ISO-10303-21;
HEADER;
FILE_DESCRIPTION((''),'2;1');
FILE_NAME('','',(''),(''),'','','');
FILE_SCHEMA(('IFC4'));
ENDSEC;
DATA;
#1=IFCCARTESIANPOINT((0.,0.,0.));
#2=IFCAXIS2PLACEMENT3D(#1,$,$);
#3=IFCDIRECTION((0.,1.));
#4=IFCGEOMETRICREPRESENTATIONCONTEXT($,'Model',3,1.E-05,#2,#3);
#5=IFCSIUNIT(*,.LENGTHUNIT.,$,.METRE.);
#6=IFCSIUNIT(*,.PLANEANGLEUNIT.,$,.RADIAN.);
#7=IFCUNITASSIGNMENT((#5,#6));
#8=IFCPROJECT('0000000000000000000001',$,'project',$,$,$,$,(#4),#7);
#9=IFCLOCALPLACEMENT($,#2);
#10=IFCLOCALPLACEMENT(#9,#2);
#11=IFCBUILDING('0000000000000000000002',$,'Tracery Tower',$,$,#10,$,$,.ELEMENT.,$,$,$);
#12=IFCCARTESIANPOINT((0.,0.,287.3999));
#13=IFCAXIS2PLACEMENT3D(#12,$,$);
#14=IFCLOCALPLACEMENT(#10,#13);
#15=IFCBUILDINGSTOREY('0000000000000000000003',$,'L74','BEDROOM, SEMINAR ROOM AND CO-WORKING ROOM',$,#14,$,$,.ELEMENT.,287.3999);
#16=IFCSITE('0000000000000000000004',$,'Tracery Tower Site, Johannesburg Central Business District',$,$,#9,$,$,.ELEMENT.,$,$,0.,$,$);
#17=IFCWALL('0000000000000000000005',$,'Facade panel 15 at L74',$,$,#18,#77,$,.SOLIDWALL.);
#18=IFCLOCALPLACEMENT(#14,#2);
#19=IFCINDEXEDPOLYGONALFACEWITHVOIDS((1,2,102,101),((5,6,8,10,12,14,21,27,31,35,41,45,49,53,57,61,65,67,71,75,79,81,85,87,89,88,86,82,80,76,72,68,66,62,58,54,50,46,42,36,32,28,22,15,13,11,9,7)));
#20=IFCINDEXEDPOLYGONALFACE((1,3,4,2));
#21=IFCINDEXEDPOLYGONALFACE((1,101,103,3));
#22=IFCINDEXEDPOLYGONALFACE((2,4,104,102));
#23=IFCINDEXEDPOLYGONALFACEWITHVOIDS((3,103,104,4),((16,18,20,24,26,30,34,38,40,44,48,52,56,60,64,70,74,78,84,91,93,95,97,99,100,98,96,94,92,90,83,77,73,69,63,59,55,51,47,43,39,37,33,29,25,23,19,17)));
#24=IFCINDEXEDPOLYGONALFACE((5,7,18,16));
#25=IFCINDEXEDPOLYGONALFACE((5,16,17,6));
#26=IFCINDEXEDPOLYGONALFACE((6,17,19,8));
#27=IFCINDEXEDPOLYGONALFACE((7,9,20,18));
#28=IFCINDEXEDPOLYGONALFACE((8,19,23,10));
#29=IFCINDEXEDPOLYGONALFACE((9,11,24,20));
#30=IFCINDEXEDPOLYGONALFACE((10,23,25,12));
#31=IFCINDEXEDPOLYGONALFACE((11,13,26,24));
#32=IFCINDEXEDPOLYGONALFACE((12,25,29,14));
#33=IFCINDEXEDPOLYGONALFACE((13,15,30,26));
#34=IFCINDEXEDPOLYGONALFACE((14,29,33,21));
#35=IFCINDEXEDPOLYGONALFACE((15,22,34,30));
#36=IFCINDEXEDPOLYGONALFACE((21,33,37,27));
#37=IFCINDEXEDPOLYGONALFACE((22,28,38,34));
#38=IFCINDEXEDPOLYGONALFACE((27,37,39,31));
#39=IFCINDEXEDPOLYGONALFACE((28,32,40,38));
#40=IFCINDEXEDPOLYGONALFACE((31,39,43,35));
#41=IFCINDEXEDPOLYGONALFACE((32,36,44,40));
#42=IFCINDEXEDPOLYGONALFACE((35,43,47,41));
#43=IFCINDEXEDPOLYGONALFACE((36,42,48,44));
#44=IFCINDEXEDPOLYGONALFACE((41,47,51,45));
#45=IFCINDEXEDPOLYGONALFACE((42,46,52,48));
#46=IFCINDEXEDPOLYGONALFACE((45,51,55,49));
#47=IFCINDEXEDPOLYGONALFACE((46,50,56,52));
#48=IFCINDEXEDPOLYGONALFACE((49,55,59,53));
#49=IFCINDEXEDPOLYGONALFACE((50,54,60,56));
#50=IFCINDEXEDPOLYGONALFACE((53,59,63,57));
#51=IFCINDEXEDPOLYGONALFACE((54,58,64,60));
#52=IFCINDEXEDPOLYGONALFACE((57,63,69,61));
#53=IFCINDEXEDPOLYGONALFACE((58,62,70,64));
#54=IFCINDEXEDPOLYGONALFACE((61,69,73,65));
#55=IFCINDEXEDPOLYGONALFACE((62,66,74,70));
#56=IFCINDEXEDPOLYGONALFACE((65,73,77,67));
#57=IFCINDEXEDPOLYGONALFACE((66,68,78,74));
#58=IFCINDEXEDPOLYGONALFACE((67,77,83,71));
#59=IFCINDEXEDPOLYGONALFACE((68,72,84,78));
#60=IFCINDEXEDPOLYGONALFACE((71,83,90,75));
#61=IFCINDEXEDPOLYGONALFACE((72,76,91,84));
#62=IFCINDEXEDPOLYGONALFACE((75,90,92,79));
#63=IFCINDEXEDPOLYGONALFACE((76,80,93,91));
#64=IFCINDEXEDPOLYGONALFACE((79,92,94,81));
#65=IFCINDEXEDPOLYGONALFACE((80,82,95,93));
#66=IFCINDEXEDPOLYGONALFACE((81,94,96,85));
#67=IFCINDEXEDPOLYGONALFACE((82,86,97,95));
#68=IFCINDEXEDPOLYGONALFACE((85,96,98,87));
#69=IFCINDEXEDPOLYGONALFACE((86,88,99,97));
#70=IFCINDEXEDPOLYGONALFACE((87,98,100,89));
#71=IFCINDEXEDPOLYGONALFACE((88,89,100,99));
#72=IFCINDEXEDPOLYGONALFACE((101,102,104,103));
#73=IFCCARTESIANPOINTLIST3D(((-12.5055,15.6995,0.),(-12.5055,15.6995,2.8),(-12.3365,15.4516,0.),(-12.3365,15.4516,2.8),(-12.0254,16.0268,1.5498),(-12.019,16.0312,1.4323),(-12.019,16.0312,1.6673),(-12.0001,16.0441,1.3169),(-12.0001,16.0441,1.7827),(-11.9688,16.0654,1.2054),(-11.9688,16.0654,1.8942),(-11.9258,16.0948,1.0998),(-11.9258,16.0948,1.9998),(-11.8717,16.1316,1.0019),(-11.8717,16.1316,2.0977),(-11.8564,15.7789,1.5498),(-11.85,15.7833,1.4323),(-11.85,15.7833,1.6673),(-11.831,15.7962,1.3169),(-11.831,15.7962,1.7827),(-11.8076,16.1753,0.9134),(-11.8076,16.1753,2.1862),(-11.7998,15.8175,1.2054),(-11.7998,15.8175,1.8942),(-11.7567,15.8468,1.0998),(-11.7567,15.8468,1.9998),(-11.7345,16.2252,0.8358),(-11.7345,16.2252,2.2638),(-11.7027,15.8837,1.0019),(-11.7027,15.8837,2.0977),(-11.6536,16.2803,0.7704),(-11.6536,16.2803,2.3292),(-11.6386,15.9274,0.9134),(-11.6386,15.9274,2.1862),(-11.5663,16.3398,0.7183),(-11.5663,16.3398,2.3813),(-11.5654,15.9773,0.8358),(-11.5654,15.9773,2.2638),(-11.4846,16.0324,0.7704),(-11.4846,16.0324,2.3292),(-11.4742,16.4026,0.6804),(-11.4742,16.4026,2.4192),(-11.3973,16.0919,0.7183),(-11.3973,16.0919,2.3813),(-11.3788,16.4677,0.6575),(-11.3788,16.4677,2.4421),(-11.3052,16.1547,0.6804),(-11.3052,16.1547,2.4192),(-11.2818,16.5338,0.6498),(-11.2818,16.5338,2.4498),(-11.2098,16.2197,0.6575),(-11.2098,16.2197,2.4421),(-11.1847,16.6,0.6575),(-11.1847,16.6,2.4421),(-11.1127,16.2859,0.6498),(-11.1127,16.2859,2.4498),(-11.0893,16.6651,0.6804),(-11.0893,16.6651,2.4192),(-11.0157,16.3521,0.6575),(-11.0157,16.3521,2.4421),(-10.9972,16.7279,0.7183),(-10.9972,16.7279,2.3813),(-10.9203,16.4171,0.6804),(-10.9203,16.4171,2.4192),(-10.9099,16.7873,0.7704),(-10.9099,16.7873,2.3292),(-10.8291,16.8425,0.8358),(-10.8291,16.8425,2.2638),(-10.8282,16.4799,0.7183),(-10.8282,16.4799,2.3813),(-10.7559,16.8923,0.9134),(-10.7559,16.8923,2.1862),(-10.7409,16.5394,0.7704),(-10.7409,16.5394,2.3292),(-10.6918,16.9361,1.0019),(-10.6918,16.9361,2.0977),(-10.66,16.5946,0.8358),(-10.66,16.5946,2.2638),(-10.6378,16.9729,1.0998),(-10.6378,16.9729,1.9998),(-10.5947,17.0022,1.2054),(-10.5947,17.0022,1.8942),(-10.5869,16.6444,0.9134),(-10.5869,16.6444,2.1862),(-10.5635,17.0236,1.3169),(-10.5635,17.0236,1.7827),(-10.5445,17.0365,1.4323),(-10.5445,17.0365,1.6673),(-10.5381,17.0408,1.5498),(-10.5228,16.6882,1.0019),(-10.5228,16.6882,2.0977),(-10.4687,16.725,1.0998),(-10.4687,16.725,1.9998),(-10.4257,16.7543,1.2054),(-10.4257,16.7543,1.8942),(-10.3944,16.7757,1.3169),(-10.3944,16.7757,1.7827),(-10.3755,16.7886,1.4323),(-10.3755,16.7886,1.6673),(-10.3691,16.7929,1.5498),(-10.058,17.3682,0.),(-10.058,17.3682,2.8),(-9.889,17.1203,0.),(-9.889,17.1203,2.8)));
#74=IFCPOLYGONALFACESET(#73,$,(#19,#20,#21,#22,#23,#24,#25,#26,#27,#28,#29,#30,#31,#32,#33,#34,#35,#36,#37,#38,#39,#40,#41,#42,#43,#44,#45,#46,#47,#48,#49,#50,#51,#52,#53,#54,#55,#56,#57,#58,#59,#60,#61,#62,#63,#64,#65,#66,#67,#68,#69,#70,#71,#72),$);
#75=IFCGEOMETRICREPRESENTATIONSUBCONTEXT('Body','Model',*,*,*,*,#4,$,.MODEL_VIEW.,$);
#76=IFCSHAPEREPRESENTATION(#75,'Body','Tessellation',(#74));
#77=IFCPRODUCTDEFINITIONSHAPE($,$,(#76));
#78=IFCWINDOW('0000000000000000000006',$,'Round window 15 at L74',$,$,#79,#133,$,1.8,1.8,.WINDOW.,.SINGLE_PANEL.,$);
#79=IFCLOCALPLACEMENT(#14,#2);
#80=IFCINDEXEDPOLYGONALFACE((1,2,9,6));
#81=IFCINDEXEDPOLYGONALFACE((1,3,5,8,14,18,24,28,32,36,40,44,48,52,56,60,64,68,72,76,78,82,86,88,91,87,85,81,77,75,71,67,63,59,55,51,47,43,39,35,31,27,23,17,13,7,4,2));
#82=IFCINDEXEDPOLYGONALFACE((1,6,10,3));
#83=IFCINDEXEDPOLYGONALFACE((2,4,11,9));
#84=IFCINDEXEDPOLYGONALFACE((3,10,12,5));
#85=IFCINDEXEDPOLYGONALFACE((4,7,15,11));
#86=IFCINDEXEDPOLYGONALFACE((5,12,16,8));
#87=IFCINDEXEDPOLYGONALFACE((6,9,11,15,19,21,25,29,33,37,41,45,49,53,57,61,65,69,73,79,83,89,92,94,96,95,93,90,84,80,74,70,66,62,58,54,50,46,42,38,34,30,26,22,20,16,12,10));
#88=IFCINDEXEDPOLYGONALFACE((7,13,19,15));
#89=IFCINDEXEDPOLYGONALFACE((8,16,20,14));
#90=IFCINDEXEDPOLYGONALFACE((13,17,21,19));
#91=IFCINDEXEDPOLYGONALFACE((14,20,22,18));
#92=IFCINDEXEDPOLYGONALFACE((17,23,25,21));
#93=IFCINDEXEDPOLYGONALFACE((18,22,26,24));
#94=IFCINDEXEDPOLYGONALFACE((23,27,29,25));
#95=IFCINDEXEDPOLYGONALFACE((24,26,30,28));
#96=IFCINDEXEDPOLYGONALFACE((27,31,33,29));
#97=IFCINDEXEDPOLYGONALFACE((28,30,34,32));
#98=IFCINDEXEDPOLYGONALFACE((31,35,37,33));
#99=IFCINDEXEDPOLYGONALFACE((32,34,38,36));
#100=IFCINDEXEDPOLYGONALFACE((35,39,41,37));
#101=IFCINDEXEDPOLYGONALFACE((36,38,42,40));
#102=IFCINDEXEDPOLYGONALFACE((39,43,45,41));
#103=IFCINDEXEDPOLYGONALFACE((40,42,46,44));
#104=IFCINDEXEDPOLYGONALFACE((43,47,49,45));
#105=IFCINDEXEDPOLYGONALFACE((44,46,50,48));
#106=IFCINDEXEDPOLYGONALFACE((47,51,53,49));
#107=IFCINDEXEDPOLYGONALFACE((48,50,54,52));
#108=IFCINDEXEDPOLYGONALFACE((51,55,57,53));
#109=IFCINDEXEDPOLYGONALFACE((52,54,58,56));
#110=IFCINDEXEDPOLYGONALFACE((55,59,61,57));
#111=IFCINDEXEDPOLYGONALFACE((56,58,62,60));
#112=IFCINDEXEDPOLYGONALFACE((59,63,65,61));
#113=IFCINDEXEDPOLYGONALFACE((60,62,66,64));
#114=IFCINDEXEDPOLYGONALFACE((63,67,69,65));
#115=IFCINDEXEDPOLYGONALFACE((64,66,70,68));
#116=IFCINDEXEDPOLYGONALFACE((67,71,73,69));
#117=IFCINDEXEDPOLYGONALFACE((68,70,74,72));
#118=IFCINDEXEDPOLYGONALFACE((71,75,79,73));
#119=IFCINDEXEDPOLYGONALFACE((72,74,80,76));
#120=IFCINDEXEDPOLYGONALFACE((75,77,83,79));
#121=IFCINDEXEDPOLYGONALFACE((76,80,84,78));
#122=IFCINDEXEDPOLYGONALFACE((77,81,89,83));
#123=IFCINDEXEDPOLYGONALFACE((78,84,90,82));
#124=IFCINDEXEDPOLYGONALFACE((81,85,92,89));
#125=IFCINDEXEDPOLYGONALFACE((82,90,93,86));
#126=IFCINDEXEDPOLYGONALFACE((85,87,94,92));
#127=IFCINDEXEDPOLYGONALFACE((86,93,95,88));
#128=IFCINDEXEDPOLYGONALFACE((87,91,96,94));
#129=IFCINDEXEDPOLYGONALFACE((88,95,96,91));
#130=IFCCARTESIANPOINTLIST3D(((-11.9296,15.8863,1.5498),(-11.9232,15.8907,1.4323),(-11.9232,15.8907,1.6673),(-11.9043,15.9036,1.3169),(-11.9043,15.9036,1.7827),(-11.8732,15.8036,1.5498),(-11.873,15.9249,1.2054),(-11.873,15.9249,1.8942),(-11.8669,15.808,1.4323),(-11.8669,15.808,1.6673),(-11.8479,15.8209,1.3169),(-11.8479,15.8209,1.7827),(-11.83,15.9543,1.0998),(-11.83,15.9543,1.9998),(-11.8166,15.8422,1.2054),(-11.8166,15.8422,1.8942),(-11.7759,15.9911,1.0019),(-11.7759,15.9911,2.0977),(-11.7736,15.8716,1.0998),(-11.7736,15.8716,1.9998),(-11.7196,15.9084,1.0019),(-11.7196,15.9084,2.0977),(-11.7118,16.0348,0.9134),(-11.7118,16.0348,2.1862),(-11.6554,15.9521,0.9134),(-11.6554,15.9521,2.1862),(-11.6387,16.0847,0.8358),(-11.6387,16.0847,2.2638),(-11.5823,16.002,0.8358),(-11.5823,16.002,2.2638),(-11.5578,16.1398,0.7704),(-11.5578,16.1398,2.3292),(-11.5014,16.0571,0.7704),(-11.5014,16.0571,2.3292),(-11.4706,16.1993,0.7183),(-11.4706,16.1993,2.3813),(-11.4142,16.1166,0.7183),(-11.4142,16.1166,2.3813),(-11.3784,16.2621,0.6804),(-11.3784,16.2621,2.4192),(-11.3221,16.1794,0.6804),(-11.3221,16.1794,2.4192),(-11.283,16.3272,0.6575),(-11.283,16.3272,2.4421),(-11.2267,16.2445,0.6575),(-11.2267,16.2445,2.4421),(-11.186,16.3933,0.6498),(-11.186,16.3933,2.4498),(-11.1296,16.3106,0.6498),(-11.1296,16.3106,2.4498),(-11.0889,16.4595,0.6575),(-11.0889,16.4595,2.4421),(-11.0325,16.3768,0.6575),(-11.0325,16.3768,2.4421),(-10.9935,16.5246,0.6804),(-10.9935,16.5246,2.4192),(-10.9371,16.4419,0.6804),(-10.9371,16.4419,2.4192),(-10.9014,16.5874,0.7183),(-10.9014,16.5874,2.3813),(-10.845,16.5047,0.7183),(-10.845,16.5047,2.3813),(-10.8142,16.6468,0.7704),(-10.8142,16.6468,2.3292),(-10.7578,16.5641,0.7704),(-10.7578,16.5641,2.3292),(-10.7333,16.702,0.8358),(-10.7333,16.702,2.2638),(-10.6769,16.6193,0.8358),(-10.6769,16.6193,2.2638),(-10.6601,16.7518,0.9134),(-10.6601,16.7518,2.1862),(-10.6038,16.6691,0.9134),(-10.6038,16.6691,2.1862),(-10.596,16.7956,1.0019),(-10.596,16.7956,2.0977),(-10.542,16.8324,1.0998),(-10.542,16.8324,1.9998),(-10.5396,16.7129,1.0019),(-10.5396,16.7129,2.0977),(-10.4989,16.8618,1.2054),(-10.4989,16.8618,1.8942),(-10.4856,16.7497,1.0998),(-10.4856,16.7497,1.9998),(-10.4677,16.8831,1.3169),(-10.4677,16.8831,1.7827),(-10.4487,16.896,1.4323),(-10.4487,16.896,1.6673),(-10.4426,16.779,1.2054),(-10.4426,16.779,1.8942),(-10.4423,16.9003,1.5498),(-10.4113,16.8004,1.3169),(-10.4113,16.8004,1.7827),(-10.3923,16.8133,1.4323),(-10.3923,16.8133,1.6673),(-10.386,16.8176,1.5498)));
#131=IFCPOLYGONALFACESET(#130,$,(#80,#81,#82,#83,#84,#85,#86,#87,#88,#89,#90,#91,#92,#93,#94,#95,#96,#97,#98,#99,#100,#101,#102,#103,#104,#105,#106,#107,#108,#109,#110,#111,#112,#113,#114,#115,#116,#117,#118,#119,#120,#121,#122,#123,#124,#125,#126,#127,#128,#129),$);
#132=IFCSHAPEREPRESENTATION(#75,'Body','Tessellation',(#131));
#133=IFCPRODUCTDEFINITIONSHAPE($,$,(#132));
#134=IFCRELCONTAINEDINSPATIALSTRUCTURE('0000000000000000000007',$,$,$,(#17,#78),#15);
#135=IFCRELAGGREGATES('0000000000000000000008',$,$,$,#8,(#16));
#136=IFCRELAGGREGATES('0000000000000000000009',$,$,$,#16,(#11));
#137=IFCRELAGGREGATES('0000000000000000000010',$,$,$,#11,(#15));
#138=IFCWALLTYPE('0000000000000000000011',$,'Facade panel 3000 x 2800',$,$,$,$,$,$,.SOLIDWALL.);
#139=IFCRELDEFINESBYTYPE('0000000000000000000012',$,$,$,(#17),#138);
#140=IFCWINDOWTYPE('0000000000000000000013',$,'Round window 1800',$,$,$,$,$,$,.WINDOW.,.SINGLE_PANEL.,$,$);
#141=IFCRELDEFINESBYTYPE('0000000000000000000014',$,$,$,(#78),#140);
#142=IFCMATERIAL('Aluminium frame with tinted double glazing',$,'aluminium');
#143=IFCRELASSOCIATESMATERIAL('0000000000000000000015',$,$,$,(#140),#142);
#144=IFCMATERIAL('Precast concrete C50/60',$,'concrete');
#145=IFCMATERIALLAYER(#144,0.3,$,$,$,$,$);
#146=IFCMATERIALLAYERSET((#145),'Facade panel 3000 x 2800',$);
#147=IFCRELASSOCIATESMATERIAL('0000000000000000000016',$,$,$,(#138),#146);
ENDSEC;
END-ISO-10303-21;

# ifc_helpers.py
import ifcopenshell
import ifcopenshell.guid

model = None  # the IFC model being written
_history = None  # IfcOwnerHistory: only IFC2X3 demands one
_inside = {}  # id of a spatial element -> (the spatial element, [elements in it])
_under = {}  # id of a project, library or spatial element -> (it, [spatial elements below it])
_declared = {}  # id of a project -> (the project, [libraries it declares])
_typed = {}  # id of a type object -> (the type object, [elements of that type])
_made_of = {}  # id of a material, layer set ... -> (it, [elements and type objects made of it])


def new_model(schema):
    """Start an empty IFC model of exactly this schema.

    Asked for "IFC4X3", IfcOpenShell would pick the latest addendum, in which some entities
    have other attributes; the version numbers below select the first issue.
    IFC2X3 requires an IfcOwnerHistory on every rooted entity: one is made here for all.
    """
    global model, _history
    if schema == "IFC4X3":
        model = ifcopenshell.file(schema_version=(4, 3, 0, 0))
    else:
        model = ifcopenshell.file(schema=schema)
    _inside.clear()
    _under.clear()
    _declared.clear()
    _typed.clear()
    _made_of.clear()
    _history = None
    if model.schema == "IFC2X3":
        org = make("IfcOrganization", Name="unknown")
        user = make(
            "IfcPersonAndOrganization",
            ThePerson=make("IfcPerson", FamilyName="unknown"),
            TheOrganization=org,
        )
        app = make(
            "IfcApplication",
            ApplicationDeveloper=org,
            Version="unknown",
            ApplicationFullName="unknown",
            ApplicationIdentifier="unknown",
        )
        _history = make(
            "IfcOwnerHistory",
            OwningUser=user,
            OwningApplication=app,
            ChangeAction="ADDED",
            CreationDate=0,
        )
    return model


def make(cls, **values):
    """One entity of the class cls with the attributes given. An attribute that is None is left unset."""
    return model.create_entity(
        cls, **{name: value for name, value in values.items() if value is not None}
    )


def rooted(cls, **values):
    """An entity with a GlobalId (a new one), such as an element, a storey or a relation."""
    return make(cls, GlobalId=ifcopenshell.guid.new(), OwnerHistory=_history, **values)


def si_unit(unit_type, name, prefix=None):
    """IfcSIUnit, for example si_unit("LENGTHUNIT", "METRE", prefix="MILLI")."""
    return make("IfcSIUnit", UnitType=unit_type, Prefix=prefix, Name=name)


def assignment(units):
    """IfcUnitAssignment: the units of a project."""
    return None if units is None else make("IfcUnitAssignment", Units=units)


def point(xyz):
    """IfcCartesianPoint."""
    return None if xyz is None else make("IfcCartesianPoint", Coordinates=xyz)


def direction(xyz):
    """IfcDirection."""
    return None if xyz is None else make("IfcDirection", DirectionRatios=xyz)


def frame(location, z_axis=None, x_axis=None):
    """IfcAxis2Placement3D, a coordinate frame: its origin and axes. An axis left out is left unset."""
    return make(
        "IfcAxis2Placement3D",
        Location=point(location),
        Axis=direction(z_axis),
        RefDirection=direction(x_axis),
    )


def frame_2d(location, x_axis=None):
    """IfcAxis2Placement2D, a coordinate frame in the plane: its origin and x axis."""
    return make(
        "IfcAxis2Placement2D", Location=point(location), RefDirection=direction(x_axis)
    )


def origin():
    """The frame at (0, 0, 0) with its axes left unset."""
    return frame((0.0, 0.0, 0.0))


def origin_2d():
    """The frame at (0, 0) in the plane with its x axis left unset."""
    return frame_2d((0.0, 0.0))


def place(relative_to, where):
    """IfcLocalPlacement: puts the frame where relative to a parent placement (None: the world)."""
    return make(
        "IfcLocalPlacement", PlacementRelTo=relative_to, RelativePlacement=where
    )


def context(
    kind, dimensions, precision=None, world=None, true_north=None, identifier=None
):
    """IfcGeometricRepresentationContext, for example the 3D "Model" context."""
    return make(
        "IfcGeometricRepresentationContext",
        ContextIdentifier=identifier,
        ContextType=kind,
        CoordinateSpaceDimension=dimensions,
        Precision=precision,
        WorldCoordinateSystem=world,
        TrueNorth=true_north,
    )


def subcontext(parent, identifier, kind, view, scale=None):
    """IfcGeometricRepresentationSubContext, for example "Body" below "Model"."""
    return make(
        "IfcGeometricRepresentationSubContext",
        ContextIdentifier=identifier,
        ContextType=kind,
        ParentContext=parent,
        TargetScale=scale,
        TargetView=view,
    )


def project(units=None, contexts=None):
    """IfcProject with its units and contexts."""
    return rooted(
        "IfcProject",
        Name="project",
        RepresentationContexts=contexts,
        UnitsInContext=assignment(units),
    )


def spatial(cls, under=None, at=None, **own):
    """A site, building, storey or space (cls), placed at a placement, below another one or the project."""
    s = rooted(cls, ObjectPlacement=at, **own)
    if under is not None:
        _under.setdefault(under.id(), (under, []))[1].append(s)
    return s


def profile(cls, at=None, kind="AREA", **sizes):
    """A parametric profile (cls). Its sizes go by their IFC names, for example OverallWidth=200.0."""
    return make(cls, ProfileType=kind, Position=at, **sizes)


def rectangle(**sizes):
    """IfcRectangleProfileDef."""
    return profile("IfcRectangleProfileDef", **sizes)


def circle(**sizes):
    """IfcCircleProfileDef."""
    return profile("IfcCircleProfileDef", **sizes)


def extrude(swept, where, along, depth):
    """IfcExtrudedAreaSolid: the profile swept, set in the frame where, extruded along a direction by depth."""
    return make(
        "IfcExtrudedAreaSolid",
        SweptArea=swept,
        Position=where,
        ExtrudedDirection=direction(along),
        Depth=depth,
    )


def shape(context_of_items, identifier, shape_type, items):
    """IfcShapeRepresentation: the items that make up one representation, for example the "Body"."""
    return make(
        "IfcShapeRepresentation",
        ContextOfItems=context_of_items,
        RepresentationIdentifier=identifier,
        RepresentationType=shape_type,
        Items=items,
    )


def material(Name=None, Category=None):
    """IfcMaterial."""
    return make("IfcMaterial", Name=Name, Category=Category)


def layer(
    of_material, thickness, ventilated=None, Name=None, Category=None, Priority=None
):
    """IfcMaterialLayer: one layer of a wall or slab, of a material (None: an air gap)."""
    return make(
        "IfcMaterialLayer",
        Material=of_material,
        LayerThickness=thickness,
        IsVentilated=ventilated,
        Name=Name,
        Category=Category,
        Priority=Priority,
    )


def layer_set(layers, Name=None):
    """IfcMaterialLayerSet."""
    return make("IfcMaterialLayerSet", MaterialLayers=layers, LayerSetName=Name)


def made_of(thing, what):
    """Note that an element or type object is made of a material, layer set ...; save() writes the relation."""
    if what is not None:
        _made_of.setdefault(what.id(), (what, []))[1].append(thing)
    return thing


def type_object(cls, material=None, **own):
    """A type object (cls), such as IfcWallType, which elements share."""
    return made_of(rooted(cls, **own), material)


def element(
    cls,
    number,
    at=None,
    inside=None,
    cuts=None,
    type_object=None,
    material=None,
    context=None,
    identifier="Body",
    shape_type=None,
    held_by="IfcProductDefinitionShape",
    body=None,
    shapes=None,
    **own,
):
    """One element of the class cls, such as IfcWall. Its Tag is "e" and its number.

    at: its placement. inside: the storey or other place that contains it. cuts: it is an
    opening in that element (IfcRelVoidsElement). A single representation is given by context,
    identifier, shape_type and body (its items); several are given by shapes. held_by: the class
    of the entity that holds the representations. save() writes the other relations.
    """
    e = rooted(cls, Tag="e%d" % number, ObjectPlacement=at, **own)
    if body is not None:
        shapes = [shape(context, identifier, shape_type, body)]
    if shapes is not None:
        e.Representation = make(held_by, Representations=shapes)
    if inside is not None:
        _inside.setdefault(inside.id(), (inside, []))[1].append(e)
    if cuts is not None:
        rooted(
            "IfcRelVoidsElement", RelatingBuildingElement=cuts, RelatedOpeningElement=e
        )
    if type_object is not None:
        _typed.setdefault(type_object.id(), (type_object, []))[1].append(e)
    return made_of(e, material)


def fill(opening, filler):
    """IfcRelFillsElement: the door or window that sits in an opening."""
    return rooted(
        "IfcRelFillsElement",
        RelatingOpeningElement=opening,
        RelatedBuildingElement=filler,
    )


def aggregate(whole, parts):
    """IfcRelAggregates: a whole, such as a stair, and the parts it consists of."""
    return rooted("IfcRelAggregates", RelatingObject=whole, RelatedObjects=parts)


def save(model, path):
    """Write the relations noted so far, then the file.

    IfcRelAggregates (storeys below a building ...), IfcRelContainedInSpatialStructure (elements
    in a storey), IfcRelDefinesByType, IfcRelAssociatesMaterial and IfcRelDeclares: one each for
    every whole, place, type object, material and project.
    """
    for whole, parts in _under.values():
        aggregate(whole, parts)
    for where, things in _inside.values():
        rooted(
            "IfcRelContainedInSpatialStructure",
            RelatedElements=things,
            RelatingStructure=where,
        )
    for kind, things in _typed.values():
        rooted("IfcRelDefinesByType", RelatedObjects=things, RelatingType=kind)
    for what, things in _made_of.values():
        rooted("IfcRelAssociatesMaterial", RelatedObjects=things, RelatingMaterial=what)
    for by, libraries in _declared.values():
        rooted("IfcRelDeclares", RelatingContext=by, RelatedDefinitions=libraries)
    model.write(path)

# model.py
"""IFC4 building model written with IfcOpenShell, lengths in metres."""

from ifc_helpers import new_model, si_unit, direction, frame, frame_2d, origin, origin_2d, place, context, subcontext, project, spatial, rectangle, circle, extrude, material, layer, layer_set, type_object, element, fill, save


model = new_model("IFC4")

# Units and contexts
model_context = context("Model", 3, precision=1e-05, world=origin(), true_north=direction((0.0, 1.0)))
body_context = subcontext(model_context, "Body", "Model", "MODEL_VIEW")
ifc_project = project(units=[si_unit("LENGTHUNIT", "METRE"), si_unit("PLANEANGLEUNIT", "RADIAN")], contexts=[model_context])

# Site, building, storey
site_placement = place(None, origin())
site = spatial("IfcSite", under=ifc_project, at=site_placement, Name="Tracery Tower Site, Johannesburg Central Business District", CompositionType="ELEMENT", RefElevation=0.0)
building_placement = place(site_placement, origin())
building = spatial("IfcBuilding", under=site, at=building_placement, Name="Tracery Tower", CompositionType="ELEMENT")
storey_placement = place(building_placement, frame((0.0, 0.0, 287.3999)))
storey = spatial("IfcBuildingStorey", under=building, at=storey_placement, Name="L74", Description="BEDROOM, SEMINAR ROOM AND CO-WORKING ROOM", CompositionType="ELEMENT", Elevation=287.3999)

# Wall, opening, window
ifc_material_1 = material(Name="Aluminium frame with tinted double glazing", Category="aluminium")
window_type = type_object("IfcWindowType", Name="Round window 1800", PartitioningType="SINGLE_PANEL", PredefinedType="WINDOW", material=ifc_material_1)
ifc_material_2 = material(Name="Precast concrete C50/60", Category="concrete")
ifc_layer_1 = layer(ifc_material_2, 0.3)
ifc_layer_set_1 = layer_set([ifc_layer_1], Name="Facade panel 3000 x 2800")
wall_type_1 = type_object("IfcWallType", Name="Facade panel 3000 x 2800", PredefinedType="SOLIDWALL", material=ifc_layer_set_1)
wall_1_placement = place(storey_placement, frame((-9.9736, 17.2441, 0.0), z_axis=(0.0, 0.0, 1.0), x_axis=(-0.826236, -0.563324, 0.0)))
wall_1 = element("IfcWall", 1, at=wall_1_placement, inside=storey, type_object=wall_type_1, Name="Facade panel 15 at L74", PredefinedType="SOLIDWALL", context=body_context, shape_type="SweptSolid", body=[
    extrude(rectangle(XDim=2.9622, YDim=0.3, at=frame_2d((1.481, 0.0))), origin(), (0.0, 0.0, 1.0), 2.8),
])
opening_1_placement = place(wall_1_placement, frame((1.481, 0.0, 1.5498)))
opening_1 = element("IfcOpeningElement", 2, at=opening_1_placement, cuts=wall_1, PredefinedType="OPENING", context=body_context, shape_type="SweptSolid", body=[
    extrude(circle(Radius=0.9, at=origin_2d()), frame((0.0, 0.1599, 0.0), z_axis=(0.0, -1.0, 0.0), x_axis=(1.0, 0.0, 0.0)), (0.0, 0.0, 1.0), 0.3201),
])
window_1_placement = place(opening_1_placement, origin())
window_1 = element("IfcWindow", 3, at=window_1_placement, inside=storey, type_object=window_type, Name="Round window 15 at L74", OverallHeight=1.8, OverallWidth=1.8, PartitioningType="SINGLE_PANEL", PredefinedType="WINDOW", context=body_context, shape_type="SweptSolid", body=[
    extrude(circle(Radius=0.9, at=origin_2d()), frame((0.0, 0.1201, 0.0), z_axis=(0.0, -1.0, 0.0), x_axis=(1.0, 0.0, 0.0)), (0.0, 0.0, 1.0), 0.1001),
])
fill(opening_1, window_1)

save(model, "model.ifc")
